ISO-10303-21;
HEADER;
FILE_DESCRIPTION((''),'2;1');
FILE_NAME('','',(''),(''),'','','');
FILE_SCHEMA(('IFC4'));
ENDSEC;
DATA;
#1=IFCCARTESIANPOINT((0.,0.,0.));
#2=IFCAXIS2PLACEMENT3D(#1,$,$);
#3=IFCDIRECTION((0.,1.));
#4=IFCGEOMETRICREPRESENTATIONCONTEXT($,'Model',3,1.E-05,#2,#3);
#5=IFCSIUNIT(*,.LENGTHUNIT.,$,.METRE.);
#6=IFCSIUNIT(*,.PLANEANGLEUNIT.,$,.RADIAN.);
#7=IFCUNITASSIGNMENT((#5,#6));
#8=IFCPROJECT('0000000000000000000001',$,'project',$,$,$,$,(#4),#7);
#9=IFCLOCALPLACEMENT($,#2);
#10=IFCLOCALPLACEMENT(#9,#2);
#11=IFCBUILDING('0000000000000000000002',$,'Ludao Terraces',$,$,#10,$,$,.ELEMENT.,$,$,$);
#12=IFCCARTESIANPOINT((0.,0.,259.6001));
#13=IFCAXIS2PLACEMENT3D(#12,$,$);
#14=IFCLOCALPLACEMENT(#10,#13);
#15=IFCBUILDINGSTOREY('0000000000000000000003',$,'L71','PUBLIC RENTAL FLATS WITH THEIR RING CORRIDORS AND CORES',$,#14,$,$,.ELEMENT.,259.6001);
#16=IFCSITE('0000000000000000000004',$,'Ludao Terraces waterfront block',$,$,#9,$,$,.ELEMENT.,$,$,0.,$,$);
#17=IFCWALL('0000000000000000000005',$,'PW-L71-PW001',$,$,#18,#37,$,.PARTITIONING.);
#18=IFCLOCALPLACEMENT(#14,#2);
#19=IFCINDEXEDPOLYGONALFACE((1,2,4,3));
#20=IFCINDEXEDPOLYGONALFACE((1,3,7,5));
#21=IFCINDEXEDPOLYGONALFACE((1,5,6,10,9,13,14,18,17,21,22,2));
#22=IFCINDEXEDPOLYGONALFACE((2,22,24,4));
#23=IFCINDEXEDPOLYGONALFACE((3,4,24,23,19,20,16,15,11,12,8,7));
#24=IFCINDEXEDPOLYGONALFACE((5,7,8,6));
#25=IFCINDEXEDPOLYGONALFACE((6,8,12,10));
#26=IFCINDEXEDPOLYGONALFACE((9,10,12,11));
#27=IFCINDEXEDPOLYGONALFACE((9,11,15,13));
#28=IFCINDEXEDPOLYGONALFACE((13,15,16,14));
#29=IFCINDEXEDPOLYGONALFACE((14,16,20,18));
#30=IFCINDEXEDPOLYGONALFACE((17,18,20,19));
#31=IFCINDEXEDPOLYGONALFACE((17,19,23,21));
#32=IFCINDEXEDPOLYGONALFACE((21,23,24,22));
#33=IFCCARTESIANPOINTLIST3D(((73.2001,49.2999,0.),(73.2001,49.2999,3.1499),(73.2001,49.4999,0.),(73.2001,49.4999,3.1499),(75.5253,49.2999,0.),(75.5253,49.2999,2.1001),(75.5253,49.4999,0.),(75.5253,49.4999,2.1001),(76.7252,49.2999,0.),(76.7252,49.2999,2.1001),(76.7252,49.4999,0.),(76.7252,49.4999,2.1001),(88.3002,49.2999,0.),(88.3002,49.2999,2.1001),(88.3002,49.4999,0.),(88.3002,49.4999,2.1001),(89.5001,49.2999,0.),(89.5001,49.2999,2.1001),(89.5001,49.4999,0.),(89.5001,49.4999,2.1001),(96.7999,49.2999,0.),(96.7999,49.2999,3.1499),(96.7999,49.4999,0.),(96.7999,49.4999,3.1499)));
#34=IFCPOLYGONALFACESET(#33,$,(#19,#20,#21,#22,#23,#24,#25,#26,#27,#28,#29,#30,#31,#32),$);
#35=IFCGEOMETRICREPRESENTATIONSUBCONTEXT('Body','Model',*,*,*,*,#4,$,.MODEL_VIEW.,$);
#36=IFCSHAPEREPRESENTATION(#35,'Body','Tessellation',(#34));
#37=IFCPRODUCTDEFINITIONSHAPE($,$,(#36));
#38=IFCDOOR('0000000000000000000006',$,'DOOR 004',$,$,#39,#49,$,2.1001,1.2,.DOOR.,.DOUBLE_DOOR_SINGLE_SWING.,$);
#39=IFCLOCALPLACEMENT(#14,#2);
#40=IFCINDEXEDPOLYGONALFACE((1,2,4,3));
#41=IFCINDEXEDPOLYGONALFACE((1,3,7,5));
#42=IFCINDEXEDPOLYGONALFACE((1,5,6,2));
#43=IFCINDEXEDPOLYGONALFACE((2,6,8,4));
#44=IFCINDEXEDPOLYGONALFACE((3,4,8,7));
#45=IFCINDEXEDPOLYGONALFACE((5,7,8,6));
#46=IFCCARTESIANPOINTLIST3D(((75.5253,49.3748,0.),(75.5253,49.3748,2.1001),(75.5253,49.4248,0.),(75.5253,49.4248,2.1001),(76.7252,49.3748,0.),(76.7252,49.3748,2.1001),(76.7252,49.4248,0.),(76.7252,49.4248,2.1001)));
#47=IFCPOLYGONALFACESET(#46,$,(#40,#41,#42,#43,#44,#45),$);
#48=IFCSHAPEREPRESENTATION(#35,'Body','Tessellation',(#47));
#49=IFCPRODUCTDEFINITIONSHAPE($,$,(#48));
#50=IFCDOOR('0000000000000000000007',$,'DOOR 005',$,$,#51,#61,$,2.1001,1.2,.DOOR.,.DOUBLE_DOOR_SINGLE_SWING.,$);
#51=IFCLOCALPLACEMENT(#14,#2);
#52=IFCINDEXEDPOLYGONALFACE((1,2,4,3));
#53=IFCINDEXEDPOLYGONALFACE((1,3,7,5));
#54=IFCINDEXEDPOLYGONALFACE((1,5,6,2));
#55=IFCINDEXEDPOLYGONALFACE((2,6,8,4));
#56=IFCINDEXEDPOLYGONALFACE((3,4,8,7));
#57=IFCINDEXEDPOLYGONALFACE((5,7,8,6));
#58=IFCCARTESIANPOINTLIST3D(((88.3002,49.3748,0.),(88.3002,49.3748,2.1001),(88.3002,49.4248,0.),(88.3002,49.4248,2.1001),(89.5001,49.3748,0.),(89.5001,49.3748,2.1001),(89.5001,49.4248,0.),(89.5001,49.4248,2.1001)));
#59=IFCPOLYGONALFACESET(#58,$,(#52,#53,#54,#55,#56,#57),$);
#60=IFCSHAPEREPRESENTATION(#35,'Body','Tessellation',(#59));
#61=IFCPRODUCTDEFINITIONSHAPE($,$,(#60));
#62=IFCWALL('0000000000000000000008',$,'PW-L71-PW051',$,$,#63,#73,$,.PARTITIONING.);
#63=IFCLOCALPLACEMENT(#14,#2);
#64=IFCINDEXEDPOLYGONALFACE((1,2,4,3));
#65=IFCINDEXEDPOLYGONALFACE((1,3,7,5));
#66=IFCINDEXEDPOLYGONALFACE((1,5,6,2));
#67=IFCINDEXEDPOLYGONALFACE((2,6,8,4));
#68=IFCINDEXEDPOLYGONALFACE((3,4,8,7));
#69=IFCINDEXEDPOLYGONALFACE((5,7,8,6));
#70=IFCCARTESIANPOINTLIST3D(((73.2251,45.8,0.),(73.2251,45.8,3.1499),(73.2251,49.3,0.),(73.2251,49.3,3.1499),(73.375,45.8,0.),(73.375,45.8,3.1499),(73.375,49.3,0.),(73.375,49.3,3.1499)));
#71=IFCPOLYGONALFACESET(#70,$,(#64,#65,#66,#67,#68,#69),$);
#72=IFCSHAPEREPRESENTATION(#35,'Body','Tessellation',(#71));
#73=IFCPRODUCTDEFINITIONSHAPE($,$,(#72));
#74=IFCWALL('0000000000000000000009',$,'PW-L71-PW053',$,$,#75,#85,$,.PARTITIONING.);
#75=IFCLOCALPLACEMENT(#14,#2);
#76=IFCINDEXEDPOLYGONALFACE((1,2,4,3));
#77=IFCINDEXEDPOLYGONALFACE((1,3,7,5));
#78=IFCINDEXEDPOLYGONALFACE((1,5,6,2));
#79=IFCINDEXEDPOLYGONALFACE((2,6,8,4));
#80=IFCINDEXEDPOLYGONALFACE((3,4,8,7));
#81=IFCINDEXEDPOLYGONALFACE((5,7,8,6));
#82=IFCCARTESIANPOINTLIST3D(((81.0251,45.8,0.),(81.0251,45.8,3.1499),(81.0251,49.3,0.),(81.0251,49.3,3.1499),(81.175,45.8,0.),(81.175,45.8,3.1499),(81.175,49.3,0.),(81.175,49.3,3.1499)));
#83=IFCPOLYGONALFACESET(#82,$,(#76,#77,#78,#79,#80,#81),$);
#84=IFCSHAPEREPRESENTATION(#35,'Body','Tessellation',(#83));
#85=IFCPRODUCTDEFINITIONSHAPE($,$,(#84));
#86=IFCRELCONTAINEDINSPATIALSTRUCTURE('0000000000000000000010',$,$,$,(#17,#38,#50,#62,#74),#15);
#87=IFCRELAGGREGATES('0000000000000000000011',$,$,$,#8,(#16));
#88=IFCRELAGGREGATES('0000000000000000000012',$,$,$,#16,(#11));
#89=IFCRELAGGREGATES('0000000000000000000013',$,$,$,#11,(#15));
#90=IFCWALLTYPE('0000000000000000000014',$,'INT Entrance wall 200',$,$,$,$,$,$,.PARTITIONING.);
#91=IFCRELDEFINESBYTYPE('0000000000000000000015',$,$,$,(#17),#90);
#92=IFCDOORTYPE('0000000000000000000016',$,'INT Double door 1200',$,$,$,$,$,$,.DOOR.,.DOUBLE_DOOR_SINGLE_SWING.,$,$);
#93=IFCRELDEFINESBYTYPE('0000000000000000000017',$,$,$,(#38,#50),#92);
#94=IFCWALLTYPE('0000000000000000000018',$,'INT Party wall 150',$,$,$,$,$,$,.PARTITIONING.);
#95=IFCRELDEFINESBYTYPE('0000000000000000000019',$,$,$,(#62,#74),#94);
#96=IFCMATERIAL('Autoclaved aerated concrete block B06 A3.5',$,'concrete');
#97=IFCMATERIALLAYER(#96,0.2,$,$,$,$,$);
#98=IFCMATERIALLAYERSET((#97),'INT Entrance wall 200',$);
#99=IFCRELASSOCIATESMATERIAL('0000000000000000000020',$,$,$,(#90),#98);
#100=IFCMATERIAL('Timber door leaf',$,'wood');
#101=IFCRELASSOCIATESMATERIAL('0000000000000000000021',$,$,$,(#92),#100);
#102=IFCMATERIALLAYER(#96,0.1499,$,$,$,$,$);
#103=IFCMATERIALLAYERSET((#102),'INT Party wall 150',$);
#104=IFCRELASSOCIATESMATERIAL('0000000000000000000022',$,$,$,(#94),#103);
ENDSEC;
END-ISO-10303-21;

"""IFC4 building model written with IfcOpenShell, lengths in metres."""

from ifc_helpers import new_model, si_unit, direction, frame, frame_2d, origin, place, context, subcontext, project, spatial, rectangle, extrude, material, layer, layer_set, type_object, element, fill, save


model = new_model("IFC4")

# Units and contexts
model_context = context("Model", 3, precision=1e-05, world=origin(), true_north=direction((0.0, 1.0)))
body_context = subcontext(model_context, "Body", "Model", "MODEL_VIEW")
ifc_project = project(units=[si_unit("LENGTHUNIT", "METRE"), si_unit("PLANEANGLEUNIT", "RADIAN")], contexts=[model_context])

# Site, building, storey
site_placement = place(None, origin())
site = spatial("IfcSite", under=ifc_project, at=site_placement, Name="Ludao Terraces waterfront block", CompositionType="ELEMENT", RefElevation=0.0)
building_placement = place(site_placement, origin())
building = spatial("IfcBuilding", under=site, at=building_placement, Name="Ludao Terraces", CompositionType="ELEMENT")
storey_placement = place(building_placement, frame((0.0, 0.0, 259.6001)))
storey = spatial("IfcBuildingStorey", under=building, at=storey_placement, Name="L71", Description="PUBLIC RENTAL FLATS WITH THEIR RING CORRIDORS AND CORES", CompositionType="ELEMENT", Elevation=259.6001)

# Wall, openings, doors
ifc_material_1 = material(Name="Autoclaved aerated concrete block B06 A3.5", Category="concrete")
ifc_layer_1 = layer(ifc_material_1, 0.2)
ifc_layer_set_1 = layer_set([ifc_layer_1], Name="INT Entrance wall 200")
wall_type_1 = type_object("IfcWallType", Name="INT Entrance wall 200", PredefinedType="PARTITIONING", material=ifc_layer_set_1)
wall_1_placement = place(storey_placement, frame((73.2002, 49.3999, 0.0), z_axis=(0.0, 0.0, 1.0), x_axis=(1.0, 0.0, 0.0)))
wall_1 = element("IfcWall", 1, at=wall_1_placement, inside=storey, type_object=wall_type_1, Name="PW-L71-PW001", PredefinedType="PARTITIONING", context=body_context, shape_type="SweptSolid", body=[
    extrude(rectangle(XDim=23.5999, YDim=0.2, at=frame_2d((11.7998, 0.0))), origin(), (0.0, 0.0, 1.0), 3.1499),
])
opening_1_placement = place(wall_1_placement, frame((2.325, 0.0, 0.0)))
opening_1 = element("IfcOpeningElement", 2, at=opening_1_placement, cuts=wall_1, PredefinedType="OPENING", context=body_context, shape_type="SweptSolid", body=[
    extrude(rectangle(XDim=1.2, YDim=2.1001, at=frame_2d((0.6001, 1.05))), frame((0.0, 0.1099, 0.0), z_axis=(0.0, -1.0, 0.0), x_axis=(1.0, 0.0, 0.0)), (0.0, 0.0, 1.0), 0.22),
])
opening_2_placement = place(wall_1_placement, frame((15.0999, 0.0, 0.0)))
opening_2 = element("IfcOpeningElement", 3, at=opening_2_placement, cuts=wall_1, PredefinedType="OPENING", context=body_context, shape_type="SweptSolid", body=[
    extrude(rectangle(XDim=1.2, YDim=2.1001, at=frame_2d((0.6001, 1.05))), frame((0.0, 0.1099, 0.0), z_axis=(0.0, -1.0, 0.0), x_axis=(1.0, 0.0, 0.0)), (0.0, 0.0, 1.0), 0.22),
])
ifc_material_2 = material(Name="Timber door leaf", Category="wood")
door_type = type_object("IfcDoorType", Name="INT Double door 1200", OperationType="DOUBLE_DOOR_SINGLE_SWING", PredefinedType="DOOR", material=ifc_material_2)
door_1_placement = place(opening_1_placement, origin())
door_1 = element("IfcDoor", 4, at=door_1_placement, inside=storey, type_object=door_type, Name="DOOR 004", OperationType="DOUBLE_DOOR_SINGLE_SWING", OverallHeight=2.1001, OverallWidth=1.2, PredefinedType="DOOR", context=body_context, shape_type="SweptSolid", body=[
    extrude(rectangle(XDim=1.2, YDim=2.1001, at=frame_2d((0.6001, 1.05))), frame((0.0, 0.0249, 0.0), z_axis=(0.0, -1.0, 0.0), x_axis=(1.0, 0.0, 0.0)), (0.0, 0.0, 1.0), 0.05),
])
fill(opening_1, door_1)
door_2_placement = place(opening_2_placement, origin())
door_2 = element("IfcDoor", 5, at=door_2_placement, inside=storey, type_object=door_type, Name="DOOR 005", OperationType="DOUBLE_DOOR_SINGLE_SWING", OverallHeight=2.1001, OverallWidth=1.2, PredefinedType="DOOR", context=body_context, shape_type="SweptSolid", body=[
    extrude(rectangle(XDim=1.2, YDim=2.1001, at=frame_2d((0.6001, 1.05))), frame((0.0, 0.0249, 0.0), z_axis=(0.0, -1.0, 0.0), x_axis=(1.0, 0.0, 0.0)), (0.0, 0.0, 1.0), 0.05),
])
fill(opening_2, door_2)

# Walls
ifc_layer_2 = layer(ifc_material_1, 0.1499)
ifc_layer_set_2 = layer_set([ifc_layer_2], Name="INT Party wall 150")
wall_type_2 = type_object("IfcWallType", Name="INT Party wall 150", PredefinedType="PARTITIONING", material=ifc_layer_set_2)
for number, where, z_axis, x_axis, name in (
    (6, (73.3, 45.8, 0.0), (0.0, 0.0, 1.0), (0.0, 1.0, 0.0), "PW-L71-PW051"),
    (7, (81.1001, 45.8, 0.0), (0.0, 0.0, 1.0), (0.0, 1.0, 0.0), "PW-L71-PW053"),
):
    element("IfcWall", number, at=place(storey_placement, frame(where, z_axis=z_axis, x_axis=x_axis)), inside=storey, type_object=wall_type_2, Name=name, PredefinedType="PARTITIONING", context=body_context, shape_type="SweptSolid", body=[
        extrude(rectangle(XDim=3.5, YDim=0.1499, at=frame_2d((1.75, 0.0))), origin(), (0.0, 0.0, 1.0), 3.1499),
    ])

save(model, "model.ifc")
